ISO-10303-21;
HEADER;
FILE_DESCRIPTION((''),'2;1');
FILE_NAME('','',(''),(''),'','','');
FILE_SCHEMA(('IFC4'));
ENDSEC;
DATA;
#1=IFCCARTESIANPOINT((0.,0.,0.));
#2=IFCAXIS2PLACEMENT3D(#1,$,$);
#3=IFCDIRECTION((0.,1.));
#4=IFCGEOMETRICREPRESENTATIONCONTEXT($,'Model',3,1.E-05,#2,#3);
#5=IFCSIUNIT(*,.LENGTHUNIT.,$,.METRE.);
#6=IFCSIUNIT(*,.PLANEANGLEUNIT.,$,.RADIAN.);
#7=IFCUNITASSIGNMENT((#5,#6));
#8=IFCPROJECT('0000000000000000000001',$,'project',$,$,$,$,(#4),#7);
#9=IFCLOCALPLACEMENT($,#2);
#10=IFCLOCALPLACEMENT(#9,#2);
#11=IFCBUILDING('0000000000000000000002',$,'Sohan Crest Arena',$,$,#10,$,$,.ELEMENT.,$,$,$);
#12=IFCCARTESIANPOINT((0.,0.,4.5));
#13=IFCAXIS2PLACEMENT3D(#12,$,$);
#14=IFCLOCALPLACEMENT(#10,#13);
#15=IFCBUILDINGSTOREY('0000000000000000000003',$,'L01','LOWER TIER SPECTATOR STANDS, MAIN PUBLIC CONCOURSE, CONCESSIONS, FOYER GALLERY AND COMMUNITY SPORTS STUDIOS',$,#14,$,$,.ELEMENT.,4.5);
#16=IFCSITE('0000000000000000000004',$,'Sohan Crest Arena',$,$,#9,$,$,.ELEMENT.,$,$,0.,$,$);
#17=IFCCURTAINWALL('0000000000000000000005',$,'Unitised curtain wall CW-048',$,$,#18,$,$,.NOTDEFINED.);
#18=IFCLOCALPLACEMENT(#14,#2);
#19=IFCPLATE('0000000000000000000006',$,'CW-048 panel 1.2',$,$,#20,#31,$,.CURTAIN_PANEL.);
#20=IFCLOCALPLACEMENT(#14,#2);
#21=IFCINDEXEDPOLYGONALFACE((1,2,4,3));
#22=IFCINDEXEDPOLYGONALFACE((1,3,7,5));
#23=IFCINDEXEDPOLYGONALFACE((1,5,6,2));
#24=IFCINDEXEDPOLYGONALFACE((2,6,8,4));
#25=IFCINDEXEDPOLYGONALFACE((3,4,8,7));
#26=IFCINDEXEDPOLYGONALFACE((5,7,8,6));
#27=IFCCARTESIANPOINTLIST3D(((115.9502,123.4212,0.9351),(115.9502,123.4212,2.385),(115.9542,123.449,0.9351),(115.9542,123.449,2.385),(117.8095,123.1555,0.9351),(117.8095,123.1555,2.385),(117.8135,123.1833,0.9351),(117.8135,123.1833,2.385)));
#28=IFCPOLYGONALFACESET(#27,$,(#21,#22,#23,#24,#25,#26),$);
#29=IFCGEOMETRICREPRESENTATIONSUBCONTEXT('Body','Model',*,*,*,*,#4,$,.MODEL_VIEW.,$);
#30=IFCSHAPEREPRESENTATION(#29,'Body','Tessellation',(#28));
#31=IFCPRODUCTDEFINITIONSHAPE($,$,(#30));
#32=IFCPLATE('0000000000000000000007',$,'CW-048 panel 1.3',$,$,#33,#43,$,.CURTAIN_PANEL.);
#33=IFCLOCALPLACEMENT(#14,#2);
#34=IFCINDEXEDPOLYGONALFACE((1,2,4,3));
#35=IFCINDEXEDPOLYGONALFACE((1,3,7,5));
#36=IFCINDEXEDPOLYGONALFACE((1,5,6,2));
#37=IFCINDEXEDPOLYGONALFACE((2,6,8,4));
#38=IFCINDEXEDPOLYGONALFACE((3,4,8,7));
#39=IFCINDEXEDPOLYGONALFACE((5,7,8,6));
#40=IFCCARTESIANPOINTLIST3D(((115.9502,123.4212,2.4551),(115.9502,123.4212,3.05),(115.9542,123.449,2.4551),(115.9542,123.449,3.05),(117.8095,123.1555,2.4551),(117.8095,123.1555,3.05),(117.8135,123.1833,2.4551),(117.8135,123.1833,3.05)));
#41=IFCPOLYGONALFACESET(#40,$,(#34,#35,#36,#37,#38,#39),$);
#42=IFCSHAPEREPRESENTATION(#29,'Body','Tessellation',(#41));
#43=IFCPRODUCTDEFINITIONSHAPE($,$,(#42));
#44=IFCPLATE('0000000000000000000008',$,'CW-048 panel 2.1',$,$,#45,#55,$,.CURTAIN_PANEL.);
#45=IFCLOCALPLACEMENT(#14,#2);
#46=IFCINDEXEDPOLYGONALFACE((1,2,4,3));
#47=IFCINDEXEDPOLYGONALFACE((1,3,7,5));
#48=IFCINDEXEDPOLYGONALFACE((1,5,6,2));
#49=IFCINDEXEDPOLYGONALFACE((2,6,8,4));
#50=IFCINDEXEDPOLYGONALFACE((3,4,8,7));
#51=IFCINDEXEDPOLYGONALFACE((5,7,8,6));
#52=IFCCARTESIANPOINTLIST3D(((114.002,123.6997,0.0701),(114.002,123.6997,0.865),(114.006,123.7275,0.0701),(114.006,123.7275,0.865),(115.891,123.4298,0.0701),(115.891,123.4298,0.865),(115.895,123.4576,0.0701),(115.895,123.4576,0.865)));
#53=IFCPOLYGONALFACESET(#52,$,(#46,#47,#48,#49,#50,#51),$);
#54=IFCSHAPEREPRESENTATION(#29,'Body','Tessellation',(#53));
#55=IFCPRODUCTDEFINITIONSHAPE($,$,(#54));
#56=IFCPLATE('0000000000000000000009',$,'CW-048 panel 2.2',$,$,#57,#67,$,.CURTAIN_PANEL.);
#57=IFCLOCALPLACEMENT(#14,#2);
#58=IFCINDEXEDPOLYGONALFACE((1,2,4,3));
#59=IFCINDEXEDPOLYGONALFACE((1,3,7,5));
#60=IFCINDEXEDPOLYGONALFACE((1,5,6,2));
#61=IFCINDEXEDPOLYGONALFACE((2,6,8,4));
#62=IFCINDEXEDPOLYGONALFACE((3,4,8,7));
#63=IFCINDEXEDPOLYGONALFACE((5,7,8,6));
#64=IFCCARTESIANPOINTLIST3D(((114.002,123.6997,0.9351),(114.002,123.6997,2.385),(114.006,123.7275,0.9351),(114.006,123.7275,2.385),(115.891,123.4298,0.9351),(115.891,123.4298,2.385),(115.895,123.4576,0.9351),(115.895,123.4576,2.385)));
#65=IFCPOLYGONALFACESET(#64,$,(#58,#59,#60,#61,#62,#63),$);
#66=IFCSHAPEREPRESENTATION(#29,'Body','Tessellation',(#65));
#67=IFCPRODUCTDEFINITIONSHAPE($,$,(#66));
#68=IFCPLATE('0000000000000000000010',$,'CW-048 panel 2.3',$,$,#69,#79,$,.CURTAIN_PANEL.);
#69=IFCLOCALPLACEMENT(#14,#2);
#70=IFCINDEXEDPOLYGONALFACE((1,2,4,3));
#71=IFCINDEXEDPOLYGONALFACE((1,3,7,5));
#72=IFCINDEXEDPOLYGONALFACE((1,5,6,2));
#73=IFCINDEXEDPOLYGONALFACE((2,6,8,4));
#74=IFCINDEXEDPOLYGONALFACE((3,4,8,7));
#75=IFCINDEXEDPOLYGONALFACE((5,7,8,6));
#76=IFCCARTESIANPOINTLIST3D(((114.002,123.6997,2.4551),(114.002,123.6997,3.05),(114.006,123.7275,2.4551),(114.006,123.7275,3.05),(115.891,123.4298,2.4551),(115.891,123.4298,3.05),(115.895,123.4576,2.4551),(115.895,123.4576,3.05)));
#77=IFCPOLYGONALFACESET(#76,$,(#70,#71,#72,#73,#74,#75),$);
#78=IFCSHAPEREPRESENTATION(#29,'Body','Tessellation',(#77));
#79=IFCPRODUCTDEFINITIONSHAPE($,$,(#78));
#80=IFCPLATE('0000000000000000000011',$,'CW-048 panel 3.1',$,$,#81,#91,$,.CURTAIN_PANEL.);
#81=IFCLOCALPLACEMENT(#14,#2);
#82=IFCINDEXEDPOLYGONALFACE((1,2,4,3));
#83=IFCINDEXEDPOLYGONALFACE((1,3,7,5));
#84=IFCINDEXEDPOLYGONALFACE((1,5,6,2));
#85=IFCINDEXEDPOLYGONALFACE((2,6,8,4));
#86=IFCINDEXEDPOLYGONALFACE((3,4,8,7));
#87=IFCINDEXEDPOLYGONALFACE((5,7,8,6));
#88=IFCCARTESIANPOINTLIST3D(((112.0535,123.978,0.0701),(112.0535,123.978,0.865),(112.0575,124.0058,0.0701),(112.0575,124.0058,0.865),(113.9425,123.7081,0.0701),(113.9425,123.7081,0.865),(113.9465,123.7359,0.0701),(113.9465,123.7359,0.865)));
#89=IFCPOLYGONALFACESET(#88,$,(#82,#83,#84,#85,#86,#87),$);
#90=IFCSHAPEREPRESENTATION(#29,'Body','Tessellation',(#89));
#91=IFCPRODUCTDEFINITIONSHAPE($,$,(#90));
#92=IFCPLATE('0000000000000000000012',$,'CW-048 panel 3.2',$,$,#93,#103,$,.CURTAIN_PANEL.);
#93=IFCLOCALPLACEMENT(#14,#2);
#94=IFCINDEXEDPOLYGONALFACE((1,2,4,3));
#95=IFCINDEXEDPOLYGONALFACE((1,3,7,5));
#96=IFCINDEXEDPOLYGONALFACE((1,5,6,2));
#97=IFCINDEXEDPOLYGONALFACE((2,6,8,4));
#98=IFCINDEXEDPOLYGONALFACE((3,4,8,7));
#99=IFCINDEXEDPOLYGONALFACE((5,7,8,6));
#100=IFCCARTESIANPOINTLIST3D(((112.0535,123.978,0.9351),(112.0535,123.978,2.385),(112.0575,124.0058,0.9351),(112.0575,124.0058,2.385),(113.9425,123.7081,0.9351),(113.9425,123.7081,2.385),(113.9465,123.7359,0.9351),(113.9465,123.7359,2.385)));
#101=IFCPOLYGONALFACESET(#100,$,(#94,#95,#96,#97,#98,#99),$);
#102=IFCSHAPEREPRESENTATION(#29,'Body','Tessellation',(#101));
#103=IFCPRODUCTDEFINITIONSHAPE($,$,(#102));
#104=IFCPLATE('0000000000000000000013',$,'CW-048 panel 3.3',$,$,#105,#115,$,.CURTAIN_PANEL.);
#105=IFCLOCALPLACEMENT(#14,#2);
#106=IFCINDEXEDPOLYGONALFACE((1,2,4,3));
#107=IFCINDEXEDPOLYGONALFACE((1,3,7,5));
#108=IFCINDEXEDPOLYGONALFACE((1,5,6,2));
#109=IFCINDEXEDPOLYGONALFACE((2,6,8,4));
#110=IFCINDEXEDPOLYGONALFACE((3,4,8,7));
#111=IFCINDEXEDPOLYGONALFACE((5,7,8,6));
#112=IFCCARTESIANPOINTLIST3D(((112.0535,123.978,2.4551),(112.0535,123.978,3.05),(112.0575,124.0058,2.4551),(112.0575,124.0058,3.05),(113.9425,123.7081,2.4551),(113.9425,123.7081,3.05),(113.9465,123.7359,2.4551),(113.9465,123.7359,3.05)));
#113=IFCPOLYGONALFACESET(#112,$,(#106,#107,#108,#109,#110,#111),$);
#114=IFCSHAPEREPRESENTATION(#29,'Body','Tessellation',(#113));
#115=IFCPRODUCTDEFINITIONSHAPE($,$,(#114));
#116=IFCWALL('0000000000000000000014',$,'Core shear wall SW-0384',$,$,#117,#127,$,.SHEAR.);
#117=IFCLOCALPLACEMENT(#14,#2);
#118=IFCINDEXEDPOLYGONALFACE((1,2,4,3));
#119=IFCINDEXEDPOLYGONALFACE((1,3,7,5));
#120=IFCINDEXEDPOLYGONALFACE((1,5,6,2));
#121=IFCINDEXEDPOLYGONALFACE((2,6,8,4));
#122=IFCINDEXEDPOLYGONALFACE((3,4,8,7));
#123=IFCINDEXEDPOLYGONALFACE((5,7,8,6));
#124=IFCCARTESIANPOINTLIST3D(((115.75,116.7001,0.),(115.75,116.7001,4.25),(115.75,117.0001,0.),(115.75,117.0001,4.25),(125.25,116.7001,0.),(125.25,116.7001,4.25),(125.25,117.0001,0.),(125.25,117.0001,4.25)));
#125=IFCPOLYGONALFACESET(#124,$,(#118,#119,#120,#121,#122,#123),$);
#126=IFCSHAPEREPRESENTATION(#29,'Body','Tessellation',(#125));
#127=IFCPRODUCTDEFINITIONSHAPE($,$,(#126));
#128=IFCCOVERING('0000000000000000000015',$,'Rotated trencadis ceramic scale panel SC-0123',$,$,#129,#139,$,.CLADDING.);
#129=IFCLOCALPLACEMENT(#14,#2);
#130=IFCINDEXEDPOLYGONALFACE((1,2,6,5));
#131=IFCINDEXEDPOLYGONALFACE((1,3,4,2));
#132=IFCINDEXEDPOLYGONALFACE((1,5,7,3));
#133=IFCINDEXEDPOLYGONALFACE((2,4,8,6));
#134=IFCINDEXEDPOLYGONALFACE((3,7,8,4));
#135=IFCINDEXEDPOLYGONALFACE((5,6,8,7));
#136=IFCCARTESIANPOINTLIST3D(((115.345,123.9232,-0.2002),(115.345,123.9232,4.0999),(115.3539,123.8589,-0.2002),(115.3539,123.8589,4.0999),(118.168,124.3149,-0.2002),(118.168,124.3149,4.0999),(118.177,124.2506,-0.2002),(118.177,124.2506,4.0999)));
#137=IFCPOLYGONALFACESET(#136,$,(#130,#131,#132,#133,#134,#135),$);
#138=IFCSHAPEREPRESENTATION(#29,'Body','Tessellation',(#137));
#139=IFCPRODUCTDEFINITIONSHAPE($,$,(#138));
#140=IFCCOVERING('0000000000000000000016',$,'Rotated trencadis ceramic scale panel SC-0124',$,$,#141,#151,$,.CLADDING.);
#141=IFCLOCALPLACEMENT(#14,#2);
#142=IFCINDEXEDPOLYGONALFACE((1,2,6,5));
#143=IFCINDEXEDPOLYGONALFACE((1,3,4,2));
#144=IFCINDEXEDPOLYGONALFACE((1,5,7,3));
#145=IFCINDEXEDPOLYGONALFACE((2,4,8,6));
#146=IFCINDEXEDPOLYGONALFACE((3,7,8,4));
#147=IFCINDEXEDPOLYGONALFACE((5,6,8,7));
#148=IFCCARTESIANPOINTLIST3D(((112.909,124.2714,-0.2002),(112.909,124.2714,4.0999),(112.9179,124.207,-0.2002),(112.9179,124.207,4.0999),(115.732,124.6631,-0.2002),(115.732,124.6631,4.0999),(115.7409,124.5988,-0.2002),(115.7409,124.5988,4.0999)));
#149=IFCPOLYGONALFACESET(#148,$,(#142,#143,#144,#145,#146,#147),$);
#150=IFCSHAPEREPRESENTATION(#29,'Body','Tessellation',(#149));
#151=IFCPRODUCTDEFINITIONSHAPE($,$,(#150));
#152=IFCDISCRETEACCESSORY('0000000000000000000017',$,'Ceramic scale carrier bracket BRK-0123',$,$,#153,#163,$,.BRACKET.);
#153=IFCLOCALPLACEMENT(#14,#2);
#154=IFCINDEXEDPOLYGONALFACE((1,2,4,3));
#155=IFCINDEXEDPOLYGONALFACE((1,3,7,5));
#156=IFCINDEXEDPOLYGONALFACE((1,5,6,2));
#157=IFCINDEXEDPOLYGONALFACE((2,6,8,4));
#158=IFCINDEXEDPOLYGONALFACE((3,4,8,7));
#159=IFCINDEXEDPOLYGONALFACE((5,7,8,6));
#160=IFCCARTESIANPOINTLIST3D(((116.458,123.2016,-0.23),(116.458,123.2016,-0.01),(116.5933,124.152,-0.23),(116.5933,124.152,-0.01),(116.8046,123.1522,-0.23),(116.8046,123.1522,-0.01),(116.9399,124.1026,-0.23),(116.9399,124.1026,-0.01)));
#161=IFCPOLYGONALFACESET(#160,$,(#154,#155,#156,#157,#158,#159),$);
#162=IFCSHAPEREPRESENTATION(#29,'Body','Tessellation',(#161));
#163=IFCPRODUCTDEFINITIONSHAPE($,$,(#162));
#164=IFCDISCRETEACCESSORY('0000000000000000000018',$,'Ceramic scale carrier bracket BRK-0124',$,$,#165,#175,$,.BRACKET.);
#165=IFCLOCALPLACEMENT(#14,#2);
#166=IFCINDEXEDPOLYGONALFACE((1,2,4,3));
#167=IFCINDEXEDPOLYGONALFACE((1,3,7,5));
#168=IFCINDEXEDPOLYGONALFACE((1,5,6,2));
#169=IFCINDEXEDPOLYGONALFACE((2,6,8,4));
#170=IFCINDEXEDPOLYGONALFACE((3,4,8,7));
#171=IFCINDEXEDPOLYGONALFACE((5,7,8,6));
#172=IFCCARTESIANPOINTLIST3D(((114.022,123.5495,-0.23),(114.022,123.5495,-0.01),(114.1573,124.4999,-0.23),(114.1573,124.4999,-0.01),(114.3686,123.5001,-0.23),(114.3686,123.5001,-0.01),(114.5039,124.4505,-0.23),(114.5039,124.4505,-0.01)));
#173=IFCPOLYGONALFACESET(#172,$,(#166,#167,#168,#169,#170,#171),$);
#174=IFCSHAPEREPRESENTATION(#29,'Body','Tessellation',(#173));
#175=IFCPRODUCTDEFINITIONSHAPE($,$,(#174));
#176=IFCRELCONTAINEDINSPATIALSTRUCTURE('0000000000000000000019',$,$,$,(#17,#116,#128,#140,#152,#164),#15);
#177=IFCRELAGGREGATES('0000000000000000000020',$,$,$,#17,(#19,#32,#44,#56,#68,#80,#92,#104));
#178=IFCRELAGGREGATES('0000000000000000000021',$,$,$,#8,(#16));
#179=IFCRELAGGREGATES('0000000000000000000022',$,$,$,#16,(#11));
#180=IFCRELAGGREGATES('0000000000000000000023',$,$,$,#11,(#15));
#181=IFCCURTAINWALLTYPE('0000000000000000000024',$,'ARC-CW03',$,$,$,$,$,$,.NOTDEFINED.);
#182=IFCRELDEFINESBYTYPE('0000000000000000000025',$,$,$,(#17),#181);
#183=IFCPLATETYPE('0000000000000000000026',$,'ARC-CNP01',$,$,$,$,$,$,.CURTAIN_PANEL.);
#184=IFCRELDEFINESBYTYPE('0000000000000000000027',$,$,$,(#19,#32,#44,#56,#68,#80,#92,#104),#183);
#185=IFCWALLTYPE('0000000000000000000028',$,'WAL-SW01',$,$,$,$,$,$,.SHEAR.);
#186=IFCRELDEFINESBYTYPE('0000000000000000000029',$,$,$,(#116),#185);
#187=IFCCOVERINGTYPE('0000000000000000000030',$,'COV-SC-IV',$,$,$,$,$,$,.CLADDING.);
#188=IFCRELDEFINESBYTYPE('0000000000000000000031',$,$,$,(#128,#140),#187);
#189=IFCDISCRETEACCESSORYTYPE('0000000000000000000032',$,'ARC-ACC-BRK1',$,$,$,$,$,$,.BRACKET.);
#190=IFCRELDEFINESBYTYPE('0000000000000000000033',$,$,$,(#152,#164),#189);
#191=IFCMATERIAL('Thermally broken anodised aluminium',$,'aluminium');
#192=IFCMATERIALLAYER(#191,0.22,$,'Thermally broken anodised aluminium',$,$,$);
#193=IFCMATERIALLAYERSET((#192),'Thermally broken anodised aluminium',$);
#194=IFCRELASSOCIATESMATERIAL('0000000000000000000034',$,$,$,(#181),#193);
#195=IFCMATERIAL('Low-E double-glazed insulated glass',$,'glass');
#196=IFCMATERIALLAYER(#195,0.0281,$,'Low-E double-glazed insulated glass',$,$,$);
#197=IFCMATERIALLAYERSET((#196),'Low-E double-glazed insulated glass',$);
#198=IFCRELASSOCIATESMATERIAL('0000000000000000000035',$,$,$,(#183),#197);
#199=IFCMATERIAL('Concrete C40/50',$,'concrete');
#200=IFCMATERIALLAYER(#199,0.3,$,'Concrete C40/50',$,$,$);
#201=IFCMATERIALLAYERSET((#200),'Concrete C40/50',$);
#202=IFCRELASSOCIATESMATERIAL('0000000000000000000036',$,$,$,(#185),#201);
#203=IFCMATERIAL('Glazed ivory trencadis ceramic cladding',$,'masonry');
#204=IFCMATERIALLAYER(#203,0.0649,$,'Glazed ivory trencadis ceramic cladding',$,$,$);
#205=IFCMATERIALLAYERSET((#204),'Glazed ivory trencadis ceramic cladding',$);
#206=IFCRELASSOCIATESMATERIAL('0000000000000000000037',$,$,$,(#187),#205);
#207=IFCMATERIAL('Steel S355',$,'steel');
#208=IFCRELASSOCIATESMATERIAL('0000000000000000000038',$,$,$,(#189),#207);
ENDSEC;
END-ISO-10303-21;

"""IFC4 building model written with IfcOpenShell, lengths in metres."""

from ifc_helpers import new_model, si_unit, direction, frame, frame_2d, origin, origin_2d, place, context, subcontext, project, spatial, rectangle, extrude, material, layer, layer_set, type_object, element, aggregate, save


model = new_model("IFC4")

# Units and contexts
model_context = context("Model", 3, precision=1e-05, world=origin(), true_north=direction((0.0, 1.0)))
body_context = subcontext(model_context, "Body", "Model", "MODEL_VIEW")
ifc_project = project(units=[si_unit("LENGTHUNIT", "METRE"), si_unit("PLANEANGLEUNIT", "RADIAN")], contexts=[model_context])

# Site, building, storey
site_placement = place(None, origin())
site = spatial("IfcSite", under=ifc_project, at=site_placement, Name="Sohan Crest Arena", CompositionType="ELEMENT", RefElevation=0.0)
building_placement = place(site_placement, origin())
building = spatial("IfcBuilding", under=site, at=building_placement, Name="Sohan Crest Arena", CompositionType="ELEMENT")
storey_placement = place(building_placement, frame((0.0, 0.0, 4.5)))
storey = spatial("IfcBuildingStorey", under=building, at=storey_placement, Name="L01", Description="LOWER TIER SPECTATOR STANDS, MAIN PUBLIC CONCOURSE, CONCESSIONS, FOYER GALLERY AND COMMUNITY SPORTS STUDIOS", CompositionType="ELEMENT", Elevation=4.5)

# Shared definitions
ifc_material_1 = material(Name="Steel S355", Category="steel")

# Curtain wall
ifc_material_2 = material(Name="Thermally broken anodised aluminium", Category="aluminium")
ifc_layer_1 = layer(ifc_material_2, 0.22, Name="Thermally broken anodised aluminium")
ifc_layer_set_1 = layer_set([ifc_layer_1], Name="Thermally broken anodised aluminium")
curtain_wall_type = type_object("IfcCurtainWallType", Name="ARC-CW03", PredefinedType="NOTDEFINED", material=ifc_layer_set_1)
curtain_wall_placement = place(storey_placement, origin())
curtain_wall = element("IfcCurtainWall", 1, at=curtain_wall_placement, inside=storey, type_object=curtain_wall_type, Name="Unitised curtain wall CW-048", PredefinedType="NOTDEFINED")

# Plates
ifc_material_3 = material(Name="Low-E double-glazed insulated glass", Category="glass")
ifc_layer_2 = layer(ifc_material_3, 0.0281, Name="Low-E double-glazed insulated glass")
ifc_layer_set_2 = layer_set([ifc_layer_2], Name="Low-E double-glazed insulated glass")
plate_type = type_object("IfcPlateType", Name="ARC-CNP01", PredefinedType="CURTAIN_PANEL", material=ifc_layer_set_2)
plate_1_placement = place(storey_placement, frame((116.8818, 123.3022, 0.9351), z_axis=(0.0, 0.0, 1.0), x_axis=(-0.989945, 0.14145, 0.0)))
plate_1 = element("IfcPlate", 2, at=plate_1_placement, type_object=plate_type, Name="CW-048 panel 1.2", PredefinedType="CURTAIN_PANEL", context=body_context, shape_type="SweptSolid", body=[
    extrude(rectangle(XDim=1.8782, YDim=0.0281, at=origin_2d()), origin(), (0.0, 0.0, 1.0), 1.45),
])
plate_2_placement = place(storey_placement, frame((116.8818, 123.3022, 2.4551), z_axis=(0.0, 0.0, 1.0), x_axis=(-0.989945, 0.14145, 0.0)))
plate_2 = element("IfcPlate", 3, at=plate_2_placement, type_object=plate_type, Name="CW-048 panel 1.3", PredefinedType="CURTAIN_PANEL", context=body_context, shape_type="SweptSolid", body=[
    extrude(rectangle(XDim=1.8782, YDim=0.0281, at=origin_2d()), origin(), (0.0, 0.0, 1.0), 0.595),
])
plate_3_placement = place(storey_placement, frame((114.9485, 123.5786, 0.0701), z_axis=(0.0, 0.0, 1.0), x_axis=(-0.989945, 0.14145, 0.0)))
plate_3 = element("IfcPlate", 4, at=plate_3_placement, type_object=plate_type, Name="CW-048 panel 2.1", PredefinedType="CURTAIN_PANEL", context=body_context, shape_type="SweptSolid", body=[
    extrude(rectangle(XDim=1.9082, YDim=0.0281, at=origin_2d()), origin(), (0.0, 0.0, 1.0), 0.7949),
])
plate_4_placement = place(storey_placement, frame((114.9485, 123.5786, 0.9351), z_axis=(0.0, 0.0, 1.0), x_axis=(-0.989945, 0.14145, 0.0)))
plate_4 = element("IfcPlate", 5, at=plate_4_placement, type_object=plate_type, Name="CW-048 panel 2.2", PredefinedType="CURTAIN_PANEL", context=body_context, shape_type="SweptSolid", body=[
    extrude(rectangle(XDim=1.9082, YDim=0.0281, at=origin_2d()), origin(), (0.0, 0.0, 1.0), 1.45),
])
plate_5_placement = place(storey_placement, frame((114.9485, 123.5786, 2.4551), z_axis=(0.0, 0.0, 1.0), x_axis=(-0.989945, 0.14145, 0.0)))
plate_5 = element("IfcPlate", 6, at=plate_5_placement, type_object=plate_type, Name="CW-048 panel 2.3", PredefinedType="CURTAIN_PANEL", context=body_context, shape_type="SweptSolid", body=[
    extrude(rectangle(XDim=1.9082, YDim=0.0281, at=origin_2d()), origin(), (0.0, 0.0, 1.0), 0.595),
])
plate_6_placement = place(storey_placement, frame((113.0, 123.8569, 0.0701), z_axis=(0.0, 0.0, 1.0), x_axis=(-0.989945, 0.14145, 0.0)))
plate_6 = element("IfcPlate", 7, at=plate_6_placement, type_object=plate_type, Name="CW-048 panel 3.1", PredefinedType="CURTAIN_PANEL", context=body_context, shape_type="SweptSolid", body=[
    extrude(rectangle(XDim=1.9082, YDim=0.0281, at=origin_2d()), origin(), (0.0, 0.0, 1.0), 0.7949),
])
plate_7_placement = place(storey_placement, frame((113.0, 123.8569, 0.9351), z_axis=(0.0, 0.0, 1.0), x_axis=(-0.989945, 0.14145, 0.0)))
plate_7 = element("IfcPlate", 8, at=plate_7_placement, type_object=plate_type, Name="CW-048 panel 3.2", PredefinedType="CURTAIN_PANEL", context=body_context, shape_type="SweptSolid", body=[
    extrude(rectangle(XDim=1.9082, YDim=0.0281, at=origin_2d()), origin(), (0.0, 0.0, 1.0), 1.45),
])
plate_8_placement = place(storey_placement, frame((113.0, 123.8569, 2.4551), z_axis=(0.0, 0.0, 1.0), x_axis=(-0.989945, 0.14145, 0.0)))
plate_8 = element("IfcPlate", 9, at=plate_8_placement, type_object=plate_type, Name="CW-048 panel 3.3", PredefinedType="CURTAIN_PANEL", context=body_context, shape_type="SweptSolid", body=[
    extrude(rectangle(XDim=1.9082, YDim=0.0281, at=origin_2d()), origin(), (0.0, 0.0, 1.0), 0.595),
])
aggregate(curtain_wall, [plate_1, plate_2, plate_3, plate_4, plate_5, plate_6, plate_7, plate_8])

# Wall
ifc_material_4 = material(Name="Concrete C40/50", Category="concrete")
ifc_layer_3 = layer(ifc_material_4, 0.3, Name="Concrete C40/50")
ifc_layer_set_3 = layer_set([ifc_layer_3], Name="Concrete C40/50")
wall_type = type_object("IfcWallType", Name="WAL-SW01", PredefinedType="SHEAR", material=ifc_layer_set_3)
wall_placement = place(storey_placement, frame((115.75, 116.8501, 0.0), z_axis=(0.0, 0.0, 1.0), x_axis=(1.0, 0.0, 0.0)))
element("IfcWall", 10, at=wall_placement, inside=storey, type_object=wall_type, Name="Core shear wall SW-0384", PredefinedType="SHEAR", context=body_context, shape_type="SweptSolid", body=[
    extrude(rectangle(XDim=9.5, YDim=0.3, at=frame_2d((4.75, 0.0))), origin(), (0.0, 0.0, 1.0), 4.25),
])

# Coverings
ifc_material_5 = material(Name="Glazed ivory trencadis ceramic cladding", Category="masonry")
ifc_layer_4 = layer(ifc_material_5, 0.0649, Name="Glazed ivory trencadis ceramic cladding")
ifc_layer_set_4 = layer_set([ifc_layer_4], Name="Glazed ivory trencadis ceramic cladding")
covering_type = type_object("IfcCoveringType", Name="COV-SC-IV", PredefinedType="CLADDING", material=ifc_layer_set_4)
for number, where, z_axis, x_axis, name in (
    (11, (116.761, 124.0869, -0.2002), (0.0, 0.0, 1.0), (-0.990509, -0.137445, 0.0), "Rotated trencadis ceramic scale panel SC-0123"),
    (12, (114.325, 124.4351, -0.2002), (0.0, 0.0, 1.0), (-0.990509, -0.137445, 0.0), "Rotated trencadis ceramic scale panel SC-0124"),
):
    element("IfcCovering", number, at=place(storey_placement, frame(where, z_axis=z_axis, x_axis=x_axis)), inside=storey, type_object=covering_type, Name=name, PredefinedType="CLADDING", context=body_context, shape_type="SweptSolid", body=[
        extrude(rectangle(XDim=2.8501, YDim=0.0649, at=origin_2d()), origin(), (0.0, 0.0, 1.0), 4.3),
    ])

# Discrete accessories
discrete_accessory_type = type_object("IfcDiscreteAccessoryType", Name="ARC-ACC-BRK1", PredefinedType="BRACKET", material=ifc_material_1)
for number, where, z_axis, x_axis, name in (
    (13, (116.699, 123.6521, -0.23), (0.0, 0.0, 1.0), (-0.990024, 0.140901, 0.0), "Ceramic scale carrier bracket BRK-0123"),
    (14, (114.2629, 124.0, -0.23), (0.0, 0.0, 1.0), (-0.990024, 0.140901, 0.0), "Ceramic scale carrier bracket BRK-0124"),
):
    element("IfcDiscreteAccessory", number, at=place(storey_placement, frame(where, z_axis=z_axis, x_axis=x_axis)), inside=storey, type_object=discrete_accessory_type, Name=name, PredefinedType="BRACKET", context=body_context, shape_type="SweptSolid", body=[
        extrude(rectangle(XDim=0.3501, YDim=0.96, at=origin_2d()), origin(), (0.0, 0.0, 1.0), 0.22),
    ])

save(model, "model.ifc")
